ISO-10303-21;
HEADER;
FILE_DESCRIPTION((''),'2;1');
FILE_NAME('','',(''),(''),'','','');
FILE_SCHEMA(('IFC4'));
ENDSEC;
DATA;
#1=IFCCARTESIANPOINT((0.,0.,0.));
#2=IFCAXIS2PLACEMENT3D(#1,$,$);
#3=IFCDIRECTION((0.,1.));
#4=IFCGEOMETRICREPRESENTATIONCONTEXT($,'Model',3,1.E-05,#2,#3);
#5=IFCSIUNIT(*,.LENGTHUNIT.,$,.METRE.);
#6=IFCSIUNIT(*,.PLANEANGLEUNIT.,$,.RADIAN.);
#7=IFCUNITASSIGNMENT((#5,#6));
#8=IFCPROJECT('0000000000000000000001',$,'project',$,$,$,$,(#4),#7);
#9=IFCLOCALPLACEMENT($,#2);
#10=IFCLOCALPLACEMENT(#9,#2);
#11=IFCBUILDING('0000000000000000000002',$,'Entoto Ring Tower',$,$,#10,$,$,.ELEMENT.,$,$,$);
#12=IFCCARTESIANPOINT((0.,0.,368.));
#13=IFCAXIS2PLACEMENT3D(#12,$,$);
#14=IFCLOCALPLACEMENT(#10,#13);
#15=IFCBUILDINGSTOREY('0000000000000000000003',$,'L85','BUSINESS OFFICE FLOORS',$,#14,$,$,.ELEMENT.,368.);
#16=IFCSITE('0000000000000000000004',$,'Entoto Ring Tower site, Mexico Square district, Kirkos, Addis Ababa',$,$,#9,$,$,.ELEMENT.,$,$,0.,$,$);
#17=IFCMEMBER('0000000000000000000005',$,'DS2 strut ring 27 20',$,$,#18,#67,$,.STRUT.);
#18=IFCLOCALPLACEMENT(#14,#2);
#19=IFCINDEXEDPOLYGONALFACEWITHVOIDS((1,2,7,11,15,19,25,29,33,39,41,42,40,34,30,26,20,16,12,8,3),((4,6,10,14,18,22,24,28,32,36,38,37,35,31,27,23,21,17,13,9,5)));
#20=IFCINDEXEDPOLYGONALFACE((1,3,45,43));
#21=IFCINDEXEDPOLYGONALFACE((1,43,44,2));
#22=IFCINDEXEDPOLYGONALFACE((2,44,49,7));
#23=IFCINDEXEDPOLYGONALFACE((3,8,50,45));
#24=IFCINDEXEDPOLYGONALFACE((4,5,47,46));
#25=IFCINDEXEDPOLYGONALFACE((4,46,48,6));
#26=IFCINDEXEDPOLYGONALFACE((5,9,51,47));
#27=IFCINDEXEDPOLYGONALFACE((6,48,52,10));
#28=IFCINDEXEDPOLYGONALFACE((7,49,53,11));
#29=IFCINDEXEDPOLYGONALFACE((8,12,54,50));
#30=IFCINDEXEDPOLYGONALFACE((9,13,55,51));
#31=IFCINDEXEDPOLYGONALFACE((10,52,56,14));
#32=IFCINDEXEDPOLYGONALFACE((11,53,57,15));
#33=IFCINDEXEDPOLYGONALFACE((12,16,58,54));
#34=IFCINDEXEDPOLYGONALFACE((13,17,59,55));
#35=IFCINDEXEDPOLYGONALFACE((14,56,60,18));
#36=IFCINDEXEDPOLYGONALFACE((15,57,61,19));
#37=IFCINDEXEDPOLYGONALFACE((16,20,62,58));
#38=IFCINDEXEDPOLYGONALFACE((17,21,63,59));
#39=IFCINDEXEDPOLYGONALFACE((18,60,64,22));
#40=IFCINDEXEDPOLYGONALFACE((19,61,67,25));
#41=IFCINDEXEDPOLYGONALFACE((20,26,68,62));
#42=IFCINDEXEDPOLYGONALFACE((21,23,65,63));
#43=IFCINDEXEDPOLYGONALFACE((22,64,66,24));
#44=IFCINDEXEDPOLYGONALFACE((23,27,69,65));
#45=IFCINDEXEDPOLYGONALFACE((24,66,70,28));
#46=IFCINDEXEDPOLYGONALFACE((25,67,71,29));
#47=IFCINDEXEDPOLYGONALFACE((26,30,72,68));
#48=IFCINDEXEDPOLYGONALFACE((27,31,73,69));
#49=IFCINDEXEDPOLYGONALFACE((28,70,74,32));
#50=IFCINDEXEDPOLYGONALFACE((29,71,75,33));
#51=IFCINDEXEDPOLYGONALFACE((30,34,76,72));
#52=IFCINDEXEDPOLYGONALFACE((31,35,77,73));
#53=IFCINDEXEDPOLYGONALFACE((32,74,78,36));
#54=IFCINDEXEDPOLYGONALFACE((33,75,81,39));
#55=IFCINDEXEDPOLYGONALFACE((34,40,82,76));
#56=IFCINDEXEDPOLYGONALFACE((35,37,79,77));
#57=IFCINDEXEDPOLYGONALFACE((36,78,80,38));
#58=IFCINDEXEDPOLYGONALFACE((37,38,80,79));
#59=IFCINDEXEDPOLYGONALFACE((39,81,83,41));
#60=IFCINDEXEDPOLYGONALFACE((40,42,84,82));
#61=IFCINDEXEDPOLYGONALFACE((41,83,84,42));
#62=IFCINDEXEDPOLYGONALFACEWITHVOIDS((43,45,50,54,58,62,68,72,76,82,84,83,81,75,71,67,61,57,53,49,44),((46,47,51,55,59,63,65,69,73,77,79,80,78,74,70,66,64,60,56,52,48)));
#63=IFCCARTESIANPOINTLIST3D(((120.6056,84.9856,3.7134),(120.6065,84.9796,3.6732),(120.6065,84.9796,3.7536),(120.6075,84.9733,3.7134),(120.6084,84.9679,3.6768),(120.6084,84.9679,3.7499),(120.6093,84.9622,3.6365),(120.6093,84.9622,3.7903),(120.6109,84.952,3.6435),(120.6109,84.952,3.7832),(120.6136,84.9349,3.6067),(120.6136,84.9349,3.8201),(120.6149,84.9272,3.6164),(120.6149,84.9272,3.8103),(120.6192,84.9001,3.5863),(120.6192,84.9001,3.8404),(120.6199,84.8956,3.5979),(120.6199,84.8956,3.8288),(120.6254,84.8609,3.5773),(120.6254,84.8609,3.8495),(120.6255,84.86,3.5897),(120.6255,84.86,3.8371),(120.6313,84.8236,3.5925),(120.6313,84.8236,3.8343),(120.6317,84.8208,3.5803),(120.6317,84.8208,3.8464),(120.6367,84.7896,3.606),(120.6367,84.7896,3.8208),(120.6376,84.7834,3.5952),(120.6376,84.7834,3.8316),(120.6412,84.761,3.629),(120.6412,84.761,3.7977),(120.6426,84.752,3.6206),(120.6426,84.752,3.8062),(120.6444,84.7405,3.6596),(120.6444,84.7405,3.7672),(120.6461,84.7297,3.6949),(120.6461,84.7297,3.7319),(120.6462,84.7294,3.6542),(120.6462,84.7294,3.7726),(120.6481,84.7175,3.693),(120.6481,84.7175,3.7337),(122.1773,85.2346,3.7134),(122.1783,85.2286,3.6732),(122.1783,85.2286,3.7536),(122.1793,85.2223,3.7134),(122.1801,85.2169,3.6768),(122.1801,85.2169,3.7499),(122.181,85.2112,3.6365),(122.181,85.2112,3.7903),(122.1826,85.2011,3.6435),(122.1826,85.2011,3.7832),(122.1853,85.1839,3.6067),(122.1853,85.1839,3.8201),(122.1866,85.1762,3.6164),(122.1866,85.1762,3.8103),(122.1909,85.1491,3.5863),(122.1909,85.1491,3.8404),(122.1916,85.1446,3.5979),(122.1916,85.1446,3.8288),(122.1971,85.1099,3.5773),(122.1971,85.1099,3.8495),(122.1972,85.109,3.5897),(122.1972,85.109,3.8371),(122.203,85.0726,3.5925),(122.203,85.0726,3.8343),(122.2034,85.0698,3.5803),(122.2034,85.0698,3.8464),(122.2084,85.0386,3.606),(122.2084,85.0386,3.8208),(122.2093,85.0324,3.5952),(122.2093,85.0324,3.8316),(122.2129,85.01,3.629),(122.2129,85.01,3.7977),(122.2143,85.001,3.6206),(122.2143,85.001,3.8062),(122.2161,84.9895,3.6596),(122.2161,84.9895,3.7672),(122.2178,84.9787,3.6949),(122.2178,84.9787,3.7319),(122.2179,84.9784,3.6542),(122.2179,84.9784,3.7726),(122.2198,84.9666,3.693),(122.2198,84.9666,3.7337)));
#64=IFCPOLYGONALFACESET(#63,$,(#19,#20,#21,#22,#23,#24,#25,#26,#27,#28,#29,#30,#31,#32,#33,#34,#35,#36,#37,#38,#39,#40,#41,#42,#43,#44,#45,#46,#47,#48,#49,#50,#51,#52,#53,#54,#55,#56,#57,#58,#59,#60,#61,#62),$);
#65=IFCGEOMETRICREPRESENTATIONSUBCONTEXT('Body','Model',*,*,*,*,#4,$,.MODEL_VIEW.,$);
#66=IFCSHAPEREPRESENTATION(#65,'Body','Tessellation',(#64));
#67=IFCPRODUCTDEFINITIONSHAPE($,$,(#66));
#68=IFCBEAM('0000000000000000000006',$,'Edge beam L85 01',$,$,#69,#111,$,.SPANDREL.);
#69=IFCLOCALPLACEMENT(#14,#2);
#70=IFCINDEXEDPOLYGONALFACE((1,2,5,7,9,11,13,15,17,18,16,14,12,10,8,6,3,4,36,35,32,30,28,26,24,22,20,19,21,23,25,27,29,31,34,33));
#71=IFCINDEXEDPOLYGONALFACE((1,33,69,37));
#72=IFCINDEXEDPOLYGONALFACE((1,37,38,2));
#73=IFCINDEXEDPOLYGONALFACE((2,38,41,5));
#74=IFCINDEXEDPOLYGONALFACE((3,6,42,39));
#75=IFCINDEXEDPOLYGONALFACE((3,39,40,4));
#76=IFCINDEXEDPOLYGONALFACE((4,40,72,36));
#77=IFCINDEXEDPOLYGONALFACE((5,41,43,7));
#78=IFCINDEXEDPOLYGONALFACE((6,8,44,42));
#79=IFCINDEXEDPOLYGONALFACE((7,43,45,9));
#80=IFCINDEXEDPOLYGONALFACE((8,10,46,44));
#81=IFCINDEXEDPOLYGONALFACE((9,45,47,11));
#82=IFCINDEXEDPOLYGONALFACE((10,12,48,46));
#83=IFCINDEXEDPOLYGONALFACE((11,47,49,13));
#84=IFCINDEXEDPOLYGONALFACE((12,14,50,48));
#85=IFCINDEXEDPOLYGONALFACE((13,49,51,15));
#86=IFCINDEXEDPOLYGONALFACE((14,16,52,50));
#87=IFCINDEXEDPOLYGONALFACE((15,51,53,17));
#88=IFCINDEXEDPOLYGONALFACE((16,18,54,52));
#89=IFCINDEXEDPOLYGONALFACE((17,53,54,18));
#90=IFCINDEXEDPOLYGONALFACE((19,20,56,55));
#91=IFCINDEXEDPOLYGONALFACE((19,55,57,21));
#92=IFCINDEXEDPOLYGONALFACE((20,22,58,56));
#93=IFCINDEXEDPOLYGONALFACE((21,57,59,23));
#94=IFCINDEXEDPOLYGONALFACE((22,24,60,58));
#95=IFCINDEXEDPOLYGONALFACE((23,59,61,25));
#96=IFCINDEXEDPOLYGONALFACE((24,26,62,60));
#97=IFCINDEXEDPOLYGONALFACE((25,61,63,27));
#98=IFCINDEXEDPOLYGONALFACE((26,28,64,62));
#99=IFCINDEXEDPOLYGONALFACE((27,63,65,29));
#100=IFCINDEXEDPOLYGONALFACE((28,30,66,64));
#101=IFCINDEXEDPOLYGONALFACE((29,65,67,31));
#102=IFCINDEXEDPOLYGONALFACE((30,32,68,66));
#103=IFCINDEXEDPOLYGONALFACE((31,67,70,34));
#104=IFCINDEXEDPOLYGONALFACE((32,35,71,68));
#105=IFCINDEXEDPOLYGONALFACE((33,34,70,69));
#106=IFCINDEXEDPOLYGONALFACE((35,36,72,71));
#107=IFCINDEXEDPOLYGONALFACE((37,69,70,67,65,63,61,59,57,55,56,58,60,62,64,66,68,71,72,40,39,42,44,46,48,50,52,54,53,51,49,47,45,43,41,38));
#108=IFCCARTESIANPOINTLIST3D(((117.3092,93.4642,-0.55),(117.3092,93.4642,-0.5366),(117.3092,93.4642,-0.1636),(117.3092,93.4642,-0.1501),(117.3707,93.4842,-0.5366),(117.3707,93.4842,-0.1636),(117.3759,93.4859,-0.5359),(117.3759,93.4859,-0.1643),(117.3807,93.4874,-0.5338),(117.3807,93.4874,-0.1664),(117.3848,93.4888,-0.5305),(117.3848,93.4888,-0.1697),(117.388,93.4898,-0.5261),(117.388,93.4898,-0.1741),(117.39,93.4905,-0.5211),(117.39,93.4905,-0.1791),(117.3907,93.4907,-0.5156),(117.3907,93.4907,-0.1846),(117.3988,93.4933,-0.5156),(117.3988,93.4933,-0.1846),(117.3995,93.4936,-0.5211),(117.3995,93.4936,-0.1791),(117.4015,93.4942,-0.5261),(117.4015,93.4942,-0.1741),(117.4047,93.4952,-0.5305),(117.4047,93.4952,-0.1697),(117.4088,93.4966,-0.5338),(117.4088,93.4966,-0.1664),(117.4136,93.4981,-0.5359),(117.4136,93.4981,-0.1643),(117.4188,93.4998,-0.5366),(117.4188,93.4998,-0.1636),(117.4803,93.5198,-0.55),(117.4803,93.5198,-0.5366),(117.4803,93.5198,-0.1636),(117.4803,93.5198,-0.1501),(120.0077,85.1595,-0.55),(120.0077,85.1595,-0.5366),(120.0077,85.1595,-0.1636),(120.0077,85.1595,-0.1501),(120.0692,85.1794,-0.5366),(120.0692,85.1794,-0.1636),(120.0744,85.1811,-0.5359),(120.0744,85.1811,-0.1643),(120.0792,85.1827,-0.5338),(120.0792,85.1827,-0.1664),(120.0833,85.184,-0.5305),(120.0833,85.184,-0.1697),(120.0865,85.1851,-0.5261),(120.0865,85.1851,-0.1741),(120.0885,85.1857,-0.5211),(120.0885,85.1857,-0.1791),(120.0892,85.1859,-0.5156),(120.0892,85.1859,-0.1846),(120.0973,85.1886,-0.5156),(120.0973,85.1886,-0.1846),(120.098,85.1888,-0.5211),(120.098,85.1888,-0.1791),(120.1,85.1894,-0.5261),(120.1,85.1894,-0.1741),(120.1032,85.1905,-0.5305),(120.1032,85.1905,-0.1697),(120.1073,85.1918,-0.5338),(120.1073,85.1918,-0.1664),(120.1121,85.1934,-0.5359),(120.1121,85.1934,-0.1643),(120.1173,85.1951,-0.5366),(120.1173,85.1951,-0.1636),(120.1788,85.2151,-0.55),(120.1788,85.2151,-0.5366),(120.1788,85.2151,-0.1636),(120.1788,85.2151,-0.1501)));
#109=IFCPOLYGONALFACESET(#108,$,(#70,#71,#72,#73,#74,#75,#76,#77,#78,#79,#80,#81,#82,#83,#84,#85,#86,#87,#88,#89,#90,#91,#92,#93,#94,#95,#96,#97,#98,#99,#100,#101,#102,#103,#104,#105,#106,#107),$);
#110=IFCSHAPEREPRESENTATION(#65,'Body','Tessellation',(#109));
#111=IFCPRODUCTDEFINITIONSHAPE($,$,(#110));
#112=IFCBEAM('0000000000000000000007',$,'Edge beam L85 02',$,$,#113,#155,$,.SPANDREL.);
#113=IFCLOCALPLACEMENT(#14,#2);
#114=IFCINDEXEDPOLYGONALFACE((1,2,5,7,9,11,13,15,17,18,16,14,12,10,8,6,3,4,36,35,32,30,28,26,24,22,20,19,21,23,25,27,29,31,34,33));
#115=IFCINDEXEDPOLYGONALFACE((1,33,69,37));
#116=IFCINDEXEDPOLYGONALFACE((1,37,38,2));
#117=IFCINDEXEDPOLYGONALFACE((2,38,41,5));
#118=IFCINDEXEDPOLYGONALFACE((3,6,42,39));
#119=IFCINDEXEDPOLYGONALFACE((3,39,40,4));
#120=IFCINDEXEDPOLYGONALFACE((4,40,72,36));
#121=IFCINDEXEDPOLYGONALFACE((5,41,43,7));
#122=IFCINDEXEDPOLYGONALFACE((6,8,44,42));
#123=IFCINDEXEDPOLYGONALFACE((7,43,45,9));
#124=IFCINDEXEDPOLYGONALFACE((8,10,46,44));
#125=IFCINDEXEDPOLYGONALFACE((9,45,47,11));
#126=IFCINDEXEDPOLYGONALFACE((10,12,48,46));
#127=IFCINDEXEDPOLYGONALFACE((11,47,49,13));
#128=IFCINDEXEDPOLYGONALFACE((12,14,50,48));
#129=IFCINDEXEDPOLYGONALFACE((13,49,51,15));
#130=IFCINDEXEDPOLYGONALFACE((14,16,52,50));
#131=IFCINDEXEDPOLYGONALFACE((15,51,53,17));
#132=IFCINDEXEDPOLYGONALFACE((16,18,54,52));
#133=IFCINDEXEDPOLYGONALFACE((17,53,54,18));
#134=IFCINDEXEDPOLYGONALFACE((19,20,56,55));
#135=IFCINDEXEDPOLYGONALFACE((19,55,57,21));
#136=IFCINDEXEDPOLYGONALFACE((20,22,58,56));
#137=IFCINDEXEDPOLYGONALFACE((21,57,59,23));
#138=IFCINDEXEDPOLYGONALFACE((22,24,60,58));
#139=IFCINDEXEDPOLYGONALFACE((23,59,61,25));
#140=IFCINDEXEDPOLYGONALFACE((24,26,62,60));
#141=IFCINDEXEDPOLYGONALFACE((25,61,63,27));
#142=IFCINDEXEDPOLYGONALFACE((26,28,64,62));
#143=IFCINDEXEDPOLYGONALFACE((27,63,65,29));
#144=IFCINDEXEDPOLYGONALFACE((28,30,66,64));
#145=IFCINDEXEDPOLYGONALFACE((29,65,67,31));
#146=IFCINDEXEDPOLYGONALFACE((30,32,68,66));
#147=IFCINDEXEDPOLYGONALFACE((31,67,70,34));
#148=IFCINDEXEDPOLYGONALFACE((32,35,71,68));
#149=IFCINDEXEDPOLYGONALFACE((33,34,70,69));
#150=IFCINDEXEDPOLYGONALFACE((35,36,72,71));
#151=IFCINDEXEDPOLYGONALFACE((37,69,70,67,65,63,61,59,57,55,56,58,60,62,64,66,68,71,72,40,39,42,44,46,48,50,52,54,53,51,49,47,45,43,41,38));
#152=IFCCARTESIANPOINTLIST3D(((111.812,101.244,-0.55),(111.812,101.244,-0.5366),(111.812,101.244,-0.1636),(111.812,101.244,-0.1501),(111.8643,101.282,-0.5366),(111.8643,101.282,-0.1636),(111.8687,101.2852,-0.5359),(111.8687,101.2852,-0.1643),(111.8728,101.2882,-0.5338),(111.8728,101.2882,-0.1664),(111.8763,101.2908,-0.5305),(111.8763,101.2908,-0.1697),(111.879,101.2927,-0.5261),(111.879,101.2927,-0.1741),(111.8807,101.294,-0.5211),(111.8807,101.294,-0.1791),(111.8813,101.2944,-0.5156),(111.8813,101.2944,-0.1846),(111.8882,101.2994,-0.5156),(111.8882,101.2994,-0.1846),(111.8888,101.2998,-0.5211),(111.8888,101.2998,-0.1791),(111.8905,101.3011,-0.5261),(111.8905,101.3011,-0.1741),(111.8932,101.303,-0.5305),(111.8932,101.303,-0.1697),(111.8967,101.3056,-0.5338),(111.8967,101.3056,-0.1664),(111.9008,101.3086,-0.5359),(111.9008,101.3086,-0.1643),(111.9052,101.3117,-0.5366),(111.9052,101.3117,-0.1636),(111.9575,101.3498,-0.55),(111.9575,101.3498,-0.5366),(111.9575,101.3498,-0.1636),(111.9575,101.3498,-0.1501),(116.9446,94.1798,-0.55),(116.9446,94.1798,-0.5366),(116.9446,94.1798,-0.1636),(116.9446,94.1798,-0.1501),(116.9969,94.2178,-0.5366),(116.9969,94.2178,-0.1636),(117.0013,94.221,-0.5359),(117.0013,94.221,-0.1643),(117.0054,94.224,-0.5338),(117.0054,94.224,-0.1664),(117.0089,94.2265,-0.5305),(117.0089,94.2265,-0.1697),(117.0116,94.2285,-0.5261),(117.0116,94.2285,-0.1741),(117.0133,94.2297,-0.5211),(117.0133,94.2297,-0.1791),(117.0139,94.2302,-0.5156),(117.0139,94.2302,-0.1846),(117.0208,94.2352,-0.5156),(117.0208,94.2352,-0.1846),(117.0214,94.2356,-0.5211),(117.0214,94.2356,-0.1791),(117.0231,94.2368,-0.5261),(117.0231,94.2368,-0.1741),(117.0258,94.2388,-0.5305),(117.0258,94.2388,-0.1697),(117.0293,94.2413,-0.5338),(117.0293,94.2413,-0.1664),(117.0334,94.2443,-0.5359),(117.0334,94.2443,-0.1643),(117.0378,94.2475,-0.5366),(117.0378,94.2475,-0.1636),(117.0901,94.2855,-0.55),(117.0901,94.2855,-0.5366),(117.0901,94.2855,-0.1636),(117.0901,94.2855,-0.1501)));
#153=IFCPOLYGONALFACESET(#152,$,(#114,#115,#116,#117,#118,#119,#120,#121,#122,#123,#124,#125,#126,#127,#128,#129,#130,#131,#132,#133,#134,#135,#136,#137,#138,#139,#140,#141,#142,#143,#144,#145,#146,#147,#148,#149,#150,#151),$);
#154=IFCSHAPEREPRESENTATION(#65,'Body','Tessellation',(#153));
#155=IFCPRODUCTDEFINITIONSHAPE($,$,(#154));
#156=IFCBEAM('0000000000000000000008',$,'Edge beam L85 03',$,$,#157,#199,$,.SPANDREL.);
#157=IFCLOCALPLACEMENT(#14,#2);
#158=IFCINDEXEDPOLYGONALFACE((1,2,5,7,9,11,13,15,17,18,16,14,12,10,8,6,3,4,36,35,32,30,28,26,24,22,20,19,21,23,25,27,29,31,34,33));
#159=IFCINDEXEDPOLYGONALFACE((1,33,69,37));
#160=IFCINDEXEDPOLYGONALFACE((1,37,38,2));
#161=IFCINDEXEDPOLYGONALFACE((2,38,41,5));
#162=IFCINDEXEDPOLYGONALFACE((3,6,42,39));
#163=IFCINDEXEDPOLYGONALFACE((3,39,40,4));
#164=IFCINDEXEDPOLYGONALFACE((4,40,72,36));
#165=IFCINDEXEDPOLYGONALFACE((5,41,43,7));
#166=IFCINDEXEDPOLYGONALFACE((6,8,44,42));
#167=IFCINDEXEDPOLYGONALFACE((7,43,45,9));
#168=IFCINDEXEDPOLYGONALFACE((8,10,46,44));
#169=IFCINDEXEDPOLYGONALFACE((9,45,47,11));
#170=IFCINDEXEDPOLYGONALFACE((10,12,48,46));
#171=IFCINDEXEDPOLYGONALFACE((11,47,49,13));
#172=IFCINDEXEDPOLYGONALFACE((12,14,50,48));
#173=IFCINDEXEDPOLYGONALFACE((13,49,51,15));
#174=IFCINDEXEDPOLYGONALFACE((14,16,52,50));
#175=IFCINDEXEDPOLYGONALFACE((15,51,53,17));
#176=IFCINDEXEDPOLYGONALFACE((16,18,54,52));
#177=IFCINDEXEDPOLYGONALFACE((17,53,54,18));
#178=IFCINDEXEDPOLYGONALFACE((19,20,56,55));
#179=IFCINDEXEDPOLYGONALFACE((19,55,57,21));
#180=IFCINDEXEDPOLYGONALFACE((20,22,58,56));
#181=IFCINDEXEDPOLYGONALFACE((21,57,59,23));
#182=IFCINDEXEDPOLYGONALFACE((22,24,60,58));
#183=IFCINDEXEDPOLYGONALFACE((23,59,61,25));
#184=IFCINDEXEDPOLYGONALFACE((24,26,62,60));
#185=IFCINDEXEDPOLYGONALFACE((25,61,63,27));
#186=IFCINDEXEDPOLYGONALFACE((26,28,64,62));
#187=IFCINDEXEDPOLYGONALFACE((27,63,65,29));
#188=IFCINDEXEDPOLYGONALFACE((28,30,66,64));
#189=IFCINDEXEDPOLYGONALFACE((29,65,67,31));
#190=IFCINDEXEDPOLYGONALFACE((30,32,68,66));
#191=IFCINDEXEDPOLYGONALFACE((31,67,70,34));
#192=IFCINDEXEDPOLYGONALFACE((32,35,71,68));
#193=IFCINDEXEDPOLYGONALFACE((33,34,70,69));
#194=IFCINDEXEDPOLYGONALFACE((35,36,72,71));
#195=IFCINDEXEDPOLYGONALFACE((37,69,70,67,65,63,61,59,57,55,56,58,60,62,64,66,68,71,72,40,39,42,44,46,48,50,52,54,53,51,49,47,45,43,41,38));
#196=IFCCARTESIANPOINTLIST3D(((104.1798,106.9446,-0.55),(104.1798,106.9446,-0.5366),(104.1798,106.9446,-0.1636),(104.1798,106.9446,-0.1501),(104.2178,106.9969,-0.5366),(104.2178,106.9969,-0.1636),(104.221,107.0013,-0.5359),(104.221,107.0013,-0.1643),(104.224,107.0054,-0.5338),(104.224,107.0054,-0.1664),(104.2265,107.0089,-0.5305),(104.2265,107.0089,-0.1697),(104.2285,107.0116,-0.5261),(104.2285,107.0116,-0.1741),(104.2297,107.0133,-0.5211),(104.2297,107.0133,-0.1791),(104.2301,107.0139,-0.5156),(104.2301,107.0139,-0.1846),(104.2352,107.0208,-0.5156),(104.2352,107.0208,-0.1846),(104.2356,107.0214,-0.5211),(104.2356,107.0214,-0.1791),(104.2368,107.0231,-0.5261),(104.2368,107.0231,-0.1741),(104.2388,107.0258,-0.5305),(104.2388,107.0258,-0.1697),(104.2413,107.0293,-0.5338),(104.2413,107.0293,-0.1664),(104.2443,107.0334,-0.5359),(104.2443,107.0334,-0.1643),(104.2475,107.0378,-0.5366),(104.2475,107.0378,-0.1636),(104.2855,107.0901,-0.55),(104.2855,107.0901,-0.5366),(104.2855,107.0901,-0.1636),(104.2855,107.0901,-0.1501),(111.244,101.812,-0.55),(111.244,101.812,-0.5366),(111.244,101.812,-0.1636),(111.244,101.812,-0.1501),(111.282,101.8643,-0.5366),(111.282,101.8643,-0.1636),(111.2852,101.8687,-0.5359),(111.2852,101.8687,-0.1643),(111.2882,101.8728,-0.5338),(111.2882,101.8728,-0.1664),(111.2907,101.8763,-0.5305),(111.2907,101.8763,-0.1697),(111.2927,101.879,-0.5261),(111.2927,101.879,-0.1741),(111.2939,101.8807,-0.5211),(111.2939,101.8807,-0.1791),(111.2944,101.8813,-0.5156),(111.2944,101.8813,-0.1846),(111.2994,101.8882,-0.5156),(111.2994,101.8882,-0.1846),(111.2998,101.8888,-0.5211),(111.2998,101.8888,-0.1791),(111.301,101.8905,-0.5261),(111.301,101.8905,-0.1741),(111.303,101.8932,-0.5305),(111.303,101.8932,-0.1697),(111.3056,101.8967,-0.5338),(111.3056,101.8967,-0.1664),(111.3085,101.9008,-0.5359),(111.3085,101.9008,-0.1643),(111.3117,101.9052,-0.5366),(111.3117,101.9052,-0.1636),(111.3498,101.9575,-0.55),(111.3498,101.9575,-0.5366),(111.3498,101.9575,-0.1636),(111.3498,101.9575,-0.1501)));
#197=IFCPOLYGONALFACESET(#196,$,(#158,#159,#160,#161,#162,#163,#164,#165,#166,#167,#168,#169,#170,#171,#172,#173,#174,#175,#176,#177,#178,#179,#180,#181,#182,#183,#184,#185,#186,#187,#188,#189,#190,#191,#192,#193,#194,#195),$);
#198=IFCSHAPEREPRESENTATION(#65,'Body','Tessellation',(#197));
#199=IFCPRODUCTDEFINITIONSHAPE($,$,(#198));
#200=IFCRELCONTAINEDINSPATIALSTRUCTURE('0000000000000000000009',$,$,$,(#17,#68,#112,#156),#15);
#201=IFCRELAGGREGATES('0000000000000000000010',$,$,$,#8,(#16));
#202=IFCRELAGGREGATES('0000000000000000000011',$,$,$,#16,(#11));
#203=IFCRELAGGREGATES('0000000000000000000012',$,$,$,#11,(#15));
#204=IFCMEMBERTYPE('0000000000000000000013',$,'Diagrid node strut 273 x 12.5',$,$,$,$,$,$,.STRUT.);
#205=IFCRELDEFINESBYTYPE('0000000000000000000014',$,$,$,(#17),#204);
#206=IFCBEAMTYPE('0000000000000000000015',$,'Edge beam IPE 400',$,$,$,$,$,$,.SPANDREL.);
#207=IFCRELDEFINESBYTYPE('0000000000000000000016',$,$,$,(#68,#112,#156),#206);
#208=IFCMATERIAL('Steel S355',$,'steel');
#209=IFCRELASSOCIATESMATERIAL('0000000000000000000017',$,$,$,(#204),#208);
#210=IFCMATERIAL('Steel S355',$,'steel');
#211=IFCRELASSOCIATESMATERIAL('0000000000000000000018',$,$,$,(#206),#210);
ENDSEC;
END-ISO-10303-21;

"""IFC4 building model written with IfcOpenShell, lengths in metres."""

from ifc_helpers import new_model, si_unit, direction, frame, origin, origin_2d, place, context, subcontext, project, spatial, circle, hollow_circle, i_section, extrude, material, material_profile, profile_set, type_object, element, save


model = new_model("IFC4")

# Units and contexts
model_context = context("Model", 3, precision=1e-05, world=origin(), true_north=direction((0.0, 1.0)))
body_context = subcontext(model_context, "Body", "Model", "MODEL_VIEW")
ifc_project = project(units=[si_unit("LENGTHUNIT", "METRE"), si_unit("PLANEANGLEUNIT", "RADIAN")], contexts=[model_context])

# Site, building, storey
site_placement = place(None, origin())
site = spatial("IfcSite", under=ifc_project, at=site_placement, Name="Entoto Ring Tower site, Mexico Square district, Kirkos, Addis Ababa", CompositionType="ELEMENT", RefElevation=0.0)
building_placement = place(site_placement, origin())
building = spatial("IfcBuilding", under=site, at=building_placement, Name="Entoto Ring Tower", CompositionType="ELEMENT")
storey_placement = place(building_placement, frame((0.0, 0.0, 368.0)))
storey = spatial("IfcBuildingStorey", under=building, at=storey_placement, Name="L85", Description="BUSINESS OFFICE FLOORS", CompositionType="ELEMENT", Elevation=368.0)

# Member
ifc_material_1 = material(Name="Steel S355", Category="steel")
ifc_material_profile_1 = material_profile(ifc_material_1, hollow_circle(Radius=0.1365, WallThickness=0.0125, at=origin_2d()), Name="CHS 273 x 12.5")
ifc_material_2 = material(Name="Concrete C60/75", Category="concrete")
ifc_material_profile_2 = material_profile(ifc_material_2, circle(Radius=0.124, at=origin_2d()), Name="Concrete C60/75 infill")
ifc_profile_set_1 = profile_set([ifc_material_profile_1, ifc_material_profile_2], Name="Steel S355")
member_type = type_object("IfcMemberType", Name="Diagrid node strut 273 x 12.5", PredefinedType="STRUT", material=ifc_profile_set_1)
for number, where, z_axis, x_axis, name in (
    (1, (120.627, 84.8508, 3.7134), (0.987681, 0.156483, 0.0), (-0.156483, 0.987681, 0.0), "DS2 strut ring 27 20"),
):
    element("IfcMember", number, at=place(storey_placement, frame(where, z_axis=z_axis, x_axis=x_axis)), inside=storey, type_object=member_type, Name=name, PredefinedType="STRUT", context=body_context, shape_type="SweptSolid", body=[
        extrude(hollow_circle(Radius=0.1365, WallThickness=0.0125, at=origin_2d()), origin(), (0.0, 0.0, 1.0), 1.5913),
    ])

# Beams
ifc_material_3 = material(Name="Steel S355", Category="steel")
ifc_material_profile_3 = material_profile(ifc_material_3, i_section(OverallWidth=0.1799, OverallDepth=0.3999, WebThickness=0.0085, FlangeThickness=0.0134, FilletRadius=0.021, at=origin_2d()), Name="IPE 400")
ifc_profile_set_2 = profile_set([ifc_material_profile_3], Name="Steel S355")
beam_type_1 = type_object("IfcBeamType", Name="Edge beam IPE 400", PredefinedType="SPANDREL", material=ifc_profile_set_2)
beam_1_placement = place(storey_placement, frame((120.0933, 85.1873, -0.3501), z_axis=(-0.30903, 0.951052, 0.0), x_axis=(-0.951052, -0.30903, 0.0)))
element("IfcBeam", 2, at=beam_1_placement, inside=storey, type_object=beam_type_1, Name="Edge beam L85 01", PredefinedType="SPANDREL", context=body_context, shape_type="SweptSolid", body=[
    extrude(i_section(OverallWidth=0.1799, OverallDepth=0.3999, WebThickness=0.0085, FlangeThickness=0.0134, FilletRadius=0.021, at=origin_2d()), origin(), (0.0, 0.0, 1.0), 8.7322),
])
for number, where, z_axis, x_axis, name in (
    (3, (117.0173, 94.2327, -0.3501), (-0.587794, 0.80901, 0.0), (-0.80901, -0.587794, 0.0), "Edge beam L85 02"),
    (4, (111.2969, 101.8848, -0.3501), (-0.80901, 0.587794, 0.0), (-0.587794, -0.80901, 0.0), "Edge beam L85 03"),
):
    element("IfcBeam", number, at=place(storey_placement, frame(where, z_axis=z_axis, x_axis=x_axis)), inside=storey, type_object=beam_type_1, Name=name, PredefinedType="SPANDREL", context=body_context, shape_type="SweptSolid", body=[
        extrude(i_section(OverallWidth=0.1799, OverallDepth=0.3999, WebThickness=0.0085, FlangeThickness=0.0134, FilletRadius=0.021, at=origin_2d()), origin(), (0.0, 0.0, 1.0), 8.7319),
    ])

save(model, "model.ifc")
